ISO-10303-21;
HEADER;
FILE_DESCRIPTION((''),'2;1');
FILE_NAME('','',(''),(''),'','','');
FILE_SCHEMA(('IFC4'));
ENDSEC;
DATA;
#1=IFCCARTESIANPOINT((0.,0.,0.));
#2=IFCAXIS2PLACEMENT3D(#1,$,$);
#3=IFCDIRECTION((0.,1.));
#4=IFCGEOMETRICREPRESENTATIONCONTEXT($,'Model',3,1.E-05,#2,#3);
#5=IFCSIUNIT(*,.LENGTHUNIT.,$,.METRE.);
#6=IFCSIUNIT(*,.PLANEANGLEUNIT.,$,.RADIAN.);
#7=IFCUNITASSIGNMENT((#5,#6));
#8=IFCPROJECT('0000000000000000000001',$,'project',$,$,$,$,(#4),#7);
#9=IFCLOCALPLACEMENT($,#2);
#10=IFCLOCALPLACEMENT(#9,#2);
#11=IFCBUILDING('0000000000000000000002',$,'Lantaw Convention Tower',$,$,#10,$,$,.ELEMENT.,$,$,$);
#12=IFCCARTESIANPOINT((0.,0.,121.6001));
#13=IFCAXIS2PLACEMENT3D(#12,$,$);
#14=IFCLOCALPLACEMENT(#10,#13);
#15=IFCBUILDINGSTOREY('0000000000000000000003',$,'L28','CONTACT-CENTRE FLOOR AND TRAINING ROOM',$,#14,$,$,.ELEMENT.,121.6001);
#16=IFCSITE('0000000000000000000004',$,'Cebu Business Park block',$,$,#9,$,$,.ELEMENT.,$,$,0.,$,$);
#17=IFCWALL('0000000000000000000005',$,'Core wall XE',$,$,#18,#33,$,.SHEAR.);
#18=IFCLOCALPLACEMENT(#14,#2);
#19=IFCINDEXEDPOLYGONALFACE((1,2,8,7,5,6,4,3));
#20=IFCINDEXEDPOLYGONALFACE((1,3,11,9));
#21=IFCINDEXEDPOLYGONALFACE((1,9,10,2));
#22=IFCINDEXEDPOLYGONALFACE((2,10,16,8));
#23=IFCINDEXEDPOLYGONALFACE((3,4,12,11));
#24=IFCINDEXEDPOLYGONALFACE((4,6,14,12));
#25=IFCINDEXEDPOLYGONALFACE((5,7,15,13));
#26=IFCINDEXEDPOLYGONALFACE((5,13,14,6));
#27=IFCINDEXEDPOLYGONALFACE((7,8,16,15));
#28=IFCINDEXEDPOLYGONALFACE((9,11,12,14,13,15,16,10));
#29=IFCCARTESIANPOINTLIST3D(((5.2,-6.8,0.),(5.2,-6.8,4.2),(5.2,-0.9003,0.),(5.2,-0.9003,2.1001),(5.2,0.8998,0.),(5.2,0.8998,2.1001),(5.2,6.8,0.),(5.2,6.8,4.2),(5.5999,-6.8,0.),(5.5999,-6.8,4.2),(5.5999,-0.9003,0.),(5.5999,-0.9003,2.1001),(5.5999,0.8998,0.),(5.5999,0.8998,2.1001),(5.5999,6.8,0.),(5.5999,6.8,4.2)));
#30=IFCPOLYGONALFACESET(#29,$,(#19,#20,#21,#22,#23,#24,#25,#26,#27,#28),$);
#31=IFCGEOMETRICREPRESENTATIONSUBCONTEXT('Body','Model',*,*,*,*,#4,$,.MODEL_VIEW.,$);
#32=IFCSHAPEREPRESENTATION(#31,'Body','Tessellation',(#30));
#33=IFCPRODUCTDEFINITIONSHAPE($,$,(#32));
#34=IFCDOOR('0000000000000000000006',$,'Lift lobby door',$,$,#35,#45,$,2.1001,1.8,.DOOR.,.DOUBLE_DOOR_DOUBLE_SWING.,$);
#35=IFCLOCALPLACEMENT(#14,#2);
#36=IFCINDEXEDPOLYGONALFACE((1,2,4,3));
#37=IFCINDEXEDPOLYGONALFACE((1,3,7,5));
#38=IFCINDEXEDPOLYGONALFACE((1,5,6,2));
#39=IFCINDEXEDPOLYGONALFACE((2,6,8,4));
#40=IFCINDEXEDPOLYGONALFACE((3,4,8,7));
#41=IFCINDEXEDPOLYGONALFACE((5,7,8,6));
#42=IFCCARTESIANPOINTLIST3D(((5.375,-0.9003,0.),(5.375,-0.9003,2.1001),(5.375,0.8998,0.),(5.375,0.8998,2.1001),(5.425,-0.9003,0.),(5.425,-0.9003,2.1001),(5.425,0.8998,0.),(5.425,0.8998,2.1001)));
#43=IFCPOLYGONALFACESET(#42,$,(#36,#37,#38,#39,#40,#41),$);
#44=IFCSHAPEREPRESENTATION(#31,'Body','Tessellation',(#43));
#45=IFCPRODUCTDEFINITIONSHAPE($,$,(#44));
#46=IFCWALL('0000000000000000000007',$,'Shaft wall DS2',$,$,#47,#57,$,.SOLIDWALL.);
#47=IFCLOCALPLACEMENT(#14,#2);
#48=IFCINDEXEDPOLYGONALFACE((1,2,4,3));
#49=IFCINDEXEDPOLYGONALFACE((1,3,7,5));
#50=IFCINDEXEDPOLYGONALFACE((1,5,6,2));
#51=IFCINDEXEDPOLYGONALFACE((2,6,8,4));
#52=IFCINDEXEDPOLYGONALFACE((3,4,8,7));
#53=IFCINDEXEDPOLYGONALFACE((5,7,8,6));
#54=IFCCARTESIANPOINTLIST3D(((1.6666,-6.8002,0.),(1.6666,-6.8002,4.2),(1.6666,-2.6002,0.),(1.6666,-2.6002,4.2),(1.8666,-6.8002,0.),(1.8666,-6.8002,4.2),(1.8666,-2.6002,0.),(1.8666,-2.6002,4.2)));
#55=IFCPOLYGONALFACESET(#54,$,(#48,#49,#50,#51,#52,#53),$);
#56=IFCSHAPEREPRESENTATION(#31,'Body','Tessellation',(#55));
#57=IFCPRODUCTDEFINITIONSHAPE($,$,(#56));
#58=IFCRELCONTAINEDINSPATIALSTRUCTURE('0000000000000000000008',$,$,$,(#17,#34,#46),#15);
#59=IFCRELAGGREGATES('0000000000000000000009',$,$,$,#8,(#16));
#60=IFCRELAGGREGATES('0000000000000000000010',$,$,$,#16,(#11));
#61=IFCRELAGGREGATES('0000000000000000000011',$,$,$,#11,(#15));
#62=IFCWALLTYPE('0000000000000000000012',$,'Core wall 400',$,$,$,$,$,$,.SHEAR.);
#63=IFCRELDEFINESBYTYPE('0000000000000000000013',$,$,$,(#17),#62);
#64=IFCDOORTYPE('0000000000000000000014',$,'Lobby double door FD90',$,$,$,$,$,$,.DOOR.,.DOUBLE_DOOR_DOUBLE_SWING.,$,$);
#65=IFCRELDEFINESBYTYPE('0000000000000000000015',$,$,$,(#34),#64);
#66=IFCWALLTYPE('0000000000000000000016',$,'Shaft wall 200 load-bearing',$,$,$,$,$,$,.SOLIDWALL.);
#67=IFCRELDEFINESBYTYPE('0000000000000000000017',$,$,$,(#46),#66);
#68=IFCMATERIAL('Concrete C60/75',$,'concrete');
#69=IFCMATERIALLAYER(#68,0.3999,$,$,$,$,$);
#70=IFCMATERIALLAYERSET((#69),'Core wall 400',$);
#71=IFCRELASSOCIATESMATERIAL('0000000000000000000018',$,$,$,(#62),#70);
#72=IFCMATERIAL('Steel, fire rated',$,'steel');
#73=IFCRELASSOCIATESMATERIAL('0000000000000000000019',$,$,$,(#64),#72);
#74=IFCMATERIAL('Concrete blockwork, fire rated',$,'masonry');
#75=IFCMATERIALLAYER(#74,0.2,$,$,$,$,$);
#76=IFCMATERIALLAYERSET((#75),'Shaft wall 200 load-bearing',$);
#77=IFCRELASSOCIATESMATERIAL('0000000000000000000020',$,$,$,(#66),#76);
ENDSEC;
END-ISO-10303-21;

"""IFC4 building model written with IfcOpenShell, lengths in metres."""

from ifc_helpers import new_model, si_unit, direction, frame, frame_2d, origin, place, context, subcontext, project, spatial, rectangle, extrude, material, layer, layer_set, type_object, element, fill, save


model = new_model("IFC4")

# Units and contexts
model_context = context("Model", 3, precision=1e-05, world=origin(), true_north=direction((0.0, 1.0)))
body_context = subcontext(model_context, "Body", "Model", "MODEL_VIEW")
ifc_project = project(units=[si_unit("LENGTHUNIT", "METRE"), si_unit("PLANEANGLEUNIT", "RADIAN")], contexts=[model_context])

# Site, building, storey
site_placement = place(None, origin())
site = spatial("IfcSite", under=ifc_project, at=site_placement, Name="Cebu Business Park block", CompositionType="ELEMENT", RefElevation=0.0)
building_placement = place(site_placement, origin())
building = spatial("IfcBuilding", under=site, at=building_placement, Name="Lantaw Convention Tower", CompositionType="ELEMENT")
storey_placement = place(building_placement, frame((0.0, 0.0, 121.6001)))
storey = spatial("IfcBuildingStorey", under=building, at=storey_placement, Name="L28", Description="CONTACT-CENTRE FLOOR AND TRAINING ROOM", CompositionType="ELEMENT", Elevation=121.6001)

# Wall, opening, door
ifc_material_1 = material(Name="Concrete C60/75", Category="concrete")
ifc_material_2 = material(Name="Steel, fire rated", Category="steel")
ifc_layer_1 = layer(ifc_material_1, 0.3999)
ifc_layer_set_1 = layer_set([ifc_layer_1], Name="Core wall 400")
wall_type_1 = type_object("IfcWallType", Name="Core wall 400", PredefinedType="SHEAR", material=ifc_layer_set_1)
wall_1_placement = place(storey_placement, frame((5.3999, -6.8, 0.0), z_axis=(0.0, 0.0, 1.0), x_axis=(0.0, 1.0, 0.0)))
wall_1 = element("IfcWall", 1, at=wall_1_placement, inside=storey, type_object=wall_type_1, Name="Core wall XE", PredefinedType="SHEAR", context=body_context, shape_type="SweptSolid", body=[
    extrude(rectangle(XDim=13.6001, YDim=0.3999, at=frame_2d((6.8, 0.0))), origin(), (0.0, 0.0, 1.0), 4.2),
])
opening_1_placement = place(wall_1_placement, frame((5.8999, 0.0, 0.0)))
opening_1 = element("IfcOpeningElement", 2, at=opening_1_placement, cuts=wall_1, PredefinedType="OPENING", context=body_context, shape_type="SweptSolid", body=[
    extrude(rectangle(XDim=1.8, YDim=2.1001, at=frame_2d((0.8999, 1.05))), frame((0.0, 0.21, 0.0), z_axis=(0.0, -1.0, 0.0), x_axis=(1.0, 0.0, 0.0)), (0.0, 0.0, 1.0), 0.4199),
])
door_type_1 = type_object("IfcDoorType", Name="Lobby double door FD90", OperationType="DOUBLE_DOOR_DOUBLE_SWING", PredefinedType="DOOR", material=ifc_material_2)
door_1_placement = place(opening_1_placement, origin())
door_1 = element("IfcDoor", 3, at=door_1_placement, inside=storey, type_object=door_type_1, Name="Lift lobby door", OperationType="DOUBLE_DOOR_DOUBLE_SWING", OverallHeight=2.1001, OverallWidth=1.8, PredefinedType="DOOR", context=body_context, shape_type="SweptSolid", body=[
    extrude(rectangle(XDim=1.8, YDim=2.1001, at=frame_2d((0.8999, 1.05))), frame((0.0, 0.0249, 0.0), z_axis=(0.0, -1.0, 0.0), x_axis=(1.0, 0.0, 0.0)), (0.0, 0.0, 1.0), 0.05),
])
fill(opening_1, door_1)

# Wall
ifc_material_3 = material(Name="Concrete blockwork, fire rated", Category="masonry")
ifc_layer_2 = layer(ifc_material_3, 0.2)
ifc_layer_set_2 = layer_set([ifc_layer_2], Name="Shaft wall 200 load-bearing")
wall_type_2 = type_object("IfcWallType", Name="Shaft wall 200 load-bearing", PredefinedType="SOLIDWALL", material=ifc_layer_set_2)
wall_2_placement = place(storey_placement, frame((1.7666, -2.6001, 0.0), z_axis=(0.0, 0.0, 1.0), x_axis=(0.0, -1.0, 0.0)))
element("IfcWall", 4, at=wall_2_placement, inside=storey, type_object=wall_type_2, Name="Shaft wall DS2", PredefinedType="SOLIDWALL", context=body_context, shape_type="SweptSolid", body=[
    extrude(rectangle(XDim=4.2, YDim=0.2, at=frame_2d((2.1001, 0.0))), origin(), (0.0, 0.0, 1.0), 4.2),
])

save(model, "model.ifc")
